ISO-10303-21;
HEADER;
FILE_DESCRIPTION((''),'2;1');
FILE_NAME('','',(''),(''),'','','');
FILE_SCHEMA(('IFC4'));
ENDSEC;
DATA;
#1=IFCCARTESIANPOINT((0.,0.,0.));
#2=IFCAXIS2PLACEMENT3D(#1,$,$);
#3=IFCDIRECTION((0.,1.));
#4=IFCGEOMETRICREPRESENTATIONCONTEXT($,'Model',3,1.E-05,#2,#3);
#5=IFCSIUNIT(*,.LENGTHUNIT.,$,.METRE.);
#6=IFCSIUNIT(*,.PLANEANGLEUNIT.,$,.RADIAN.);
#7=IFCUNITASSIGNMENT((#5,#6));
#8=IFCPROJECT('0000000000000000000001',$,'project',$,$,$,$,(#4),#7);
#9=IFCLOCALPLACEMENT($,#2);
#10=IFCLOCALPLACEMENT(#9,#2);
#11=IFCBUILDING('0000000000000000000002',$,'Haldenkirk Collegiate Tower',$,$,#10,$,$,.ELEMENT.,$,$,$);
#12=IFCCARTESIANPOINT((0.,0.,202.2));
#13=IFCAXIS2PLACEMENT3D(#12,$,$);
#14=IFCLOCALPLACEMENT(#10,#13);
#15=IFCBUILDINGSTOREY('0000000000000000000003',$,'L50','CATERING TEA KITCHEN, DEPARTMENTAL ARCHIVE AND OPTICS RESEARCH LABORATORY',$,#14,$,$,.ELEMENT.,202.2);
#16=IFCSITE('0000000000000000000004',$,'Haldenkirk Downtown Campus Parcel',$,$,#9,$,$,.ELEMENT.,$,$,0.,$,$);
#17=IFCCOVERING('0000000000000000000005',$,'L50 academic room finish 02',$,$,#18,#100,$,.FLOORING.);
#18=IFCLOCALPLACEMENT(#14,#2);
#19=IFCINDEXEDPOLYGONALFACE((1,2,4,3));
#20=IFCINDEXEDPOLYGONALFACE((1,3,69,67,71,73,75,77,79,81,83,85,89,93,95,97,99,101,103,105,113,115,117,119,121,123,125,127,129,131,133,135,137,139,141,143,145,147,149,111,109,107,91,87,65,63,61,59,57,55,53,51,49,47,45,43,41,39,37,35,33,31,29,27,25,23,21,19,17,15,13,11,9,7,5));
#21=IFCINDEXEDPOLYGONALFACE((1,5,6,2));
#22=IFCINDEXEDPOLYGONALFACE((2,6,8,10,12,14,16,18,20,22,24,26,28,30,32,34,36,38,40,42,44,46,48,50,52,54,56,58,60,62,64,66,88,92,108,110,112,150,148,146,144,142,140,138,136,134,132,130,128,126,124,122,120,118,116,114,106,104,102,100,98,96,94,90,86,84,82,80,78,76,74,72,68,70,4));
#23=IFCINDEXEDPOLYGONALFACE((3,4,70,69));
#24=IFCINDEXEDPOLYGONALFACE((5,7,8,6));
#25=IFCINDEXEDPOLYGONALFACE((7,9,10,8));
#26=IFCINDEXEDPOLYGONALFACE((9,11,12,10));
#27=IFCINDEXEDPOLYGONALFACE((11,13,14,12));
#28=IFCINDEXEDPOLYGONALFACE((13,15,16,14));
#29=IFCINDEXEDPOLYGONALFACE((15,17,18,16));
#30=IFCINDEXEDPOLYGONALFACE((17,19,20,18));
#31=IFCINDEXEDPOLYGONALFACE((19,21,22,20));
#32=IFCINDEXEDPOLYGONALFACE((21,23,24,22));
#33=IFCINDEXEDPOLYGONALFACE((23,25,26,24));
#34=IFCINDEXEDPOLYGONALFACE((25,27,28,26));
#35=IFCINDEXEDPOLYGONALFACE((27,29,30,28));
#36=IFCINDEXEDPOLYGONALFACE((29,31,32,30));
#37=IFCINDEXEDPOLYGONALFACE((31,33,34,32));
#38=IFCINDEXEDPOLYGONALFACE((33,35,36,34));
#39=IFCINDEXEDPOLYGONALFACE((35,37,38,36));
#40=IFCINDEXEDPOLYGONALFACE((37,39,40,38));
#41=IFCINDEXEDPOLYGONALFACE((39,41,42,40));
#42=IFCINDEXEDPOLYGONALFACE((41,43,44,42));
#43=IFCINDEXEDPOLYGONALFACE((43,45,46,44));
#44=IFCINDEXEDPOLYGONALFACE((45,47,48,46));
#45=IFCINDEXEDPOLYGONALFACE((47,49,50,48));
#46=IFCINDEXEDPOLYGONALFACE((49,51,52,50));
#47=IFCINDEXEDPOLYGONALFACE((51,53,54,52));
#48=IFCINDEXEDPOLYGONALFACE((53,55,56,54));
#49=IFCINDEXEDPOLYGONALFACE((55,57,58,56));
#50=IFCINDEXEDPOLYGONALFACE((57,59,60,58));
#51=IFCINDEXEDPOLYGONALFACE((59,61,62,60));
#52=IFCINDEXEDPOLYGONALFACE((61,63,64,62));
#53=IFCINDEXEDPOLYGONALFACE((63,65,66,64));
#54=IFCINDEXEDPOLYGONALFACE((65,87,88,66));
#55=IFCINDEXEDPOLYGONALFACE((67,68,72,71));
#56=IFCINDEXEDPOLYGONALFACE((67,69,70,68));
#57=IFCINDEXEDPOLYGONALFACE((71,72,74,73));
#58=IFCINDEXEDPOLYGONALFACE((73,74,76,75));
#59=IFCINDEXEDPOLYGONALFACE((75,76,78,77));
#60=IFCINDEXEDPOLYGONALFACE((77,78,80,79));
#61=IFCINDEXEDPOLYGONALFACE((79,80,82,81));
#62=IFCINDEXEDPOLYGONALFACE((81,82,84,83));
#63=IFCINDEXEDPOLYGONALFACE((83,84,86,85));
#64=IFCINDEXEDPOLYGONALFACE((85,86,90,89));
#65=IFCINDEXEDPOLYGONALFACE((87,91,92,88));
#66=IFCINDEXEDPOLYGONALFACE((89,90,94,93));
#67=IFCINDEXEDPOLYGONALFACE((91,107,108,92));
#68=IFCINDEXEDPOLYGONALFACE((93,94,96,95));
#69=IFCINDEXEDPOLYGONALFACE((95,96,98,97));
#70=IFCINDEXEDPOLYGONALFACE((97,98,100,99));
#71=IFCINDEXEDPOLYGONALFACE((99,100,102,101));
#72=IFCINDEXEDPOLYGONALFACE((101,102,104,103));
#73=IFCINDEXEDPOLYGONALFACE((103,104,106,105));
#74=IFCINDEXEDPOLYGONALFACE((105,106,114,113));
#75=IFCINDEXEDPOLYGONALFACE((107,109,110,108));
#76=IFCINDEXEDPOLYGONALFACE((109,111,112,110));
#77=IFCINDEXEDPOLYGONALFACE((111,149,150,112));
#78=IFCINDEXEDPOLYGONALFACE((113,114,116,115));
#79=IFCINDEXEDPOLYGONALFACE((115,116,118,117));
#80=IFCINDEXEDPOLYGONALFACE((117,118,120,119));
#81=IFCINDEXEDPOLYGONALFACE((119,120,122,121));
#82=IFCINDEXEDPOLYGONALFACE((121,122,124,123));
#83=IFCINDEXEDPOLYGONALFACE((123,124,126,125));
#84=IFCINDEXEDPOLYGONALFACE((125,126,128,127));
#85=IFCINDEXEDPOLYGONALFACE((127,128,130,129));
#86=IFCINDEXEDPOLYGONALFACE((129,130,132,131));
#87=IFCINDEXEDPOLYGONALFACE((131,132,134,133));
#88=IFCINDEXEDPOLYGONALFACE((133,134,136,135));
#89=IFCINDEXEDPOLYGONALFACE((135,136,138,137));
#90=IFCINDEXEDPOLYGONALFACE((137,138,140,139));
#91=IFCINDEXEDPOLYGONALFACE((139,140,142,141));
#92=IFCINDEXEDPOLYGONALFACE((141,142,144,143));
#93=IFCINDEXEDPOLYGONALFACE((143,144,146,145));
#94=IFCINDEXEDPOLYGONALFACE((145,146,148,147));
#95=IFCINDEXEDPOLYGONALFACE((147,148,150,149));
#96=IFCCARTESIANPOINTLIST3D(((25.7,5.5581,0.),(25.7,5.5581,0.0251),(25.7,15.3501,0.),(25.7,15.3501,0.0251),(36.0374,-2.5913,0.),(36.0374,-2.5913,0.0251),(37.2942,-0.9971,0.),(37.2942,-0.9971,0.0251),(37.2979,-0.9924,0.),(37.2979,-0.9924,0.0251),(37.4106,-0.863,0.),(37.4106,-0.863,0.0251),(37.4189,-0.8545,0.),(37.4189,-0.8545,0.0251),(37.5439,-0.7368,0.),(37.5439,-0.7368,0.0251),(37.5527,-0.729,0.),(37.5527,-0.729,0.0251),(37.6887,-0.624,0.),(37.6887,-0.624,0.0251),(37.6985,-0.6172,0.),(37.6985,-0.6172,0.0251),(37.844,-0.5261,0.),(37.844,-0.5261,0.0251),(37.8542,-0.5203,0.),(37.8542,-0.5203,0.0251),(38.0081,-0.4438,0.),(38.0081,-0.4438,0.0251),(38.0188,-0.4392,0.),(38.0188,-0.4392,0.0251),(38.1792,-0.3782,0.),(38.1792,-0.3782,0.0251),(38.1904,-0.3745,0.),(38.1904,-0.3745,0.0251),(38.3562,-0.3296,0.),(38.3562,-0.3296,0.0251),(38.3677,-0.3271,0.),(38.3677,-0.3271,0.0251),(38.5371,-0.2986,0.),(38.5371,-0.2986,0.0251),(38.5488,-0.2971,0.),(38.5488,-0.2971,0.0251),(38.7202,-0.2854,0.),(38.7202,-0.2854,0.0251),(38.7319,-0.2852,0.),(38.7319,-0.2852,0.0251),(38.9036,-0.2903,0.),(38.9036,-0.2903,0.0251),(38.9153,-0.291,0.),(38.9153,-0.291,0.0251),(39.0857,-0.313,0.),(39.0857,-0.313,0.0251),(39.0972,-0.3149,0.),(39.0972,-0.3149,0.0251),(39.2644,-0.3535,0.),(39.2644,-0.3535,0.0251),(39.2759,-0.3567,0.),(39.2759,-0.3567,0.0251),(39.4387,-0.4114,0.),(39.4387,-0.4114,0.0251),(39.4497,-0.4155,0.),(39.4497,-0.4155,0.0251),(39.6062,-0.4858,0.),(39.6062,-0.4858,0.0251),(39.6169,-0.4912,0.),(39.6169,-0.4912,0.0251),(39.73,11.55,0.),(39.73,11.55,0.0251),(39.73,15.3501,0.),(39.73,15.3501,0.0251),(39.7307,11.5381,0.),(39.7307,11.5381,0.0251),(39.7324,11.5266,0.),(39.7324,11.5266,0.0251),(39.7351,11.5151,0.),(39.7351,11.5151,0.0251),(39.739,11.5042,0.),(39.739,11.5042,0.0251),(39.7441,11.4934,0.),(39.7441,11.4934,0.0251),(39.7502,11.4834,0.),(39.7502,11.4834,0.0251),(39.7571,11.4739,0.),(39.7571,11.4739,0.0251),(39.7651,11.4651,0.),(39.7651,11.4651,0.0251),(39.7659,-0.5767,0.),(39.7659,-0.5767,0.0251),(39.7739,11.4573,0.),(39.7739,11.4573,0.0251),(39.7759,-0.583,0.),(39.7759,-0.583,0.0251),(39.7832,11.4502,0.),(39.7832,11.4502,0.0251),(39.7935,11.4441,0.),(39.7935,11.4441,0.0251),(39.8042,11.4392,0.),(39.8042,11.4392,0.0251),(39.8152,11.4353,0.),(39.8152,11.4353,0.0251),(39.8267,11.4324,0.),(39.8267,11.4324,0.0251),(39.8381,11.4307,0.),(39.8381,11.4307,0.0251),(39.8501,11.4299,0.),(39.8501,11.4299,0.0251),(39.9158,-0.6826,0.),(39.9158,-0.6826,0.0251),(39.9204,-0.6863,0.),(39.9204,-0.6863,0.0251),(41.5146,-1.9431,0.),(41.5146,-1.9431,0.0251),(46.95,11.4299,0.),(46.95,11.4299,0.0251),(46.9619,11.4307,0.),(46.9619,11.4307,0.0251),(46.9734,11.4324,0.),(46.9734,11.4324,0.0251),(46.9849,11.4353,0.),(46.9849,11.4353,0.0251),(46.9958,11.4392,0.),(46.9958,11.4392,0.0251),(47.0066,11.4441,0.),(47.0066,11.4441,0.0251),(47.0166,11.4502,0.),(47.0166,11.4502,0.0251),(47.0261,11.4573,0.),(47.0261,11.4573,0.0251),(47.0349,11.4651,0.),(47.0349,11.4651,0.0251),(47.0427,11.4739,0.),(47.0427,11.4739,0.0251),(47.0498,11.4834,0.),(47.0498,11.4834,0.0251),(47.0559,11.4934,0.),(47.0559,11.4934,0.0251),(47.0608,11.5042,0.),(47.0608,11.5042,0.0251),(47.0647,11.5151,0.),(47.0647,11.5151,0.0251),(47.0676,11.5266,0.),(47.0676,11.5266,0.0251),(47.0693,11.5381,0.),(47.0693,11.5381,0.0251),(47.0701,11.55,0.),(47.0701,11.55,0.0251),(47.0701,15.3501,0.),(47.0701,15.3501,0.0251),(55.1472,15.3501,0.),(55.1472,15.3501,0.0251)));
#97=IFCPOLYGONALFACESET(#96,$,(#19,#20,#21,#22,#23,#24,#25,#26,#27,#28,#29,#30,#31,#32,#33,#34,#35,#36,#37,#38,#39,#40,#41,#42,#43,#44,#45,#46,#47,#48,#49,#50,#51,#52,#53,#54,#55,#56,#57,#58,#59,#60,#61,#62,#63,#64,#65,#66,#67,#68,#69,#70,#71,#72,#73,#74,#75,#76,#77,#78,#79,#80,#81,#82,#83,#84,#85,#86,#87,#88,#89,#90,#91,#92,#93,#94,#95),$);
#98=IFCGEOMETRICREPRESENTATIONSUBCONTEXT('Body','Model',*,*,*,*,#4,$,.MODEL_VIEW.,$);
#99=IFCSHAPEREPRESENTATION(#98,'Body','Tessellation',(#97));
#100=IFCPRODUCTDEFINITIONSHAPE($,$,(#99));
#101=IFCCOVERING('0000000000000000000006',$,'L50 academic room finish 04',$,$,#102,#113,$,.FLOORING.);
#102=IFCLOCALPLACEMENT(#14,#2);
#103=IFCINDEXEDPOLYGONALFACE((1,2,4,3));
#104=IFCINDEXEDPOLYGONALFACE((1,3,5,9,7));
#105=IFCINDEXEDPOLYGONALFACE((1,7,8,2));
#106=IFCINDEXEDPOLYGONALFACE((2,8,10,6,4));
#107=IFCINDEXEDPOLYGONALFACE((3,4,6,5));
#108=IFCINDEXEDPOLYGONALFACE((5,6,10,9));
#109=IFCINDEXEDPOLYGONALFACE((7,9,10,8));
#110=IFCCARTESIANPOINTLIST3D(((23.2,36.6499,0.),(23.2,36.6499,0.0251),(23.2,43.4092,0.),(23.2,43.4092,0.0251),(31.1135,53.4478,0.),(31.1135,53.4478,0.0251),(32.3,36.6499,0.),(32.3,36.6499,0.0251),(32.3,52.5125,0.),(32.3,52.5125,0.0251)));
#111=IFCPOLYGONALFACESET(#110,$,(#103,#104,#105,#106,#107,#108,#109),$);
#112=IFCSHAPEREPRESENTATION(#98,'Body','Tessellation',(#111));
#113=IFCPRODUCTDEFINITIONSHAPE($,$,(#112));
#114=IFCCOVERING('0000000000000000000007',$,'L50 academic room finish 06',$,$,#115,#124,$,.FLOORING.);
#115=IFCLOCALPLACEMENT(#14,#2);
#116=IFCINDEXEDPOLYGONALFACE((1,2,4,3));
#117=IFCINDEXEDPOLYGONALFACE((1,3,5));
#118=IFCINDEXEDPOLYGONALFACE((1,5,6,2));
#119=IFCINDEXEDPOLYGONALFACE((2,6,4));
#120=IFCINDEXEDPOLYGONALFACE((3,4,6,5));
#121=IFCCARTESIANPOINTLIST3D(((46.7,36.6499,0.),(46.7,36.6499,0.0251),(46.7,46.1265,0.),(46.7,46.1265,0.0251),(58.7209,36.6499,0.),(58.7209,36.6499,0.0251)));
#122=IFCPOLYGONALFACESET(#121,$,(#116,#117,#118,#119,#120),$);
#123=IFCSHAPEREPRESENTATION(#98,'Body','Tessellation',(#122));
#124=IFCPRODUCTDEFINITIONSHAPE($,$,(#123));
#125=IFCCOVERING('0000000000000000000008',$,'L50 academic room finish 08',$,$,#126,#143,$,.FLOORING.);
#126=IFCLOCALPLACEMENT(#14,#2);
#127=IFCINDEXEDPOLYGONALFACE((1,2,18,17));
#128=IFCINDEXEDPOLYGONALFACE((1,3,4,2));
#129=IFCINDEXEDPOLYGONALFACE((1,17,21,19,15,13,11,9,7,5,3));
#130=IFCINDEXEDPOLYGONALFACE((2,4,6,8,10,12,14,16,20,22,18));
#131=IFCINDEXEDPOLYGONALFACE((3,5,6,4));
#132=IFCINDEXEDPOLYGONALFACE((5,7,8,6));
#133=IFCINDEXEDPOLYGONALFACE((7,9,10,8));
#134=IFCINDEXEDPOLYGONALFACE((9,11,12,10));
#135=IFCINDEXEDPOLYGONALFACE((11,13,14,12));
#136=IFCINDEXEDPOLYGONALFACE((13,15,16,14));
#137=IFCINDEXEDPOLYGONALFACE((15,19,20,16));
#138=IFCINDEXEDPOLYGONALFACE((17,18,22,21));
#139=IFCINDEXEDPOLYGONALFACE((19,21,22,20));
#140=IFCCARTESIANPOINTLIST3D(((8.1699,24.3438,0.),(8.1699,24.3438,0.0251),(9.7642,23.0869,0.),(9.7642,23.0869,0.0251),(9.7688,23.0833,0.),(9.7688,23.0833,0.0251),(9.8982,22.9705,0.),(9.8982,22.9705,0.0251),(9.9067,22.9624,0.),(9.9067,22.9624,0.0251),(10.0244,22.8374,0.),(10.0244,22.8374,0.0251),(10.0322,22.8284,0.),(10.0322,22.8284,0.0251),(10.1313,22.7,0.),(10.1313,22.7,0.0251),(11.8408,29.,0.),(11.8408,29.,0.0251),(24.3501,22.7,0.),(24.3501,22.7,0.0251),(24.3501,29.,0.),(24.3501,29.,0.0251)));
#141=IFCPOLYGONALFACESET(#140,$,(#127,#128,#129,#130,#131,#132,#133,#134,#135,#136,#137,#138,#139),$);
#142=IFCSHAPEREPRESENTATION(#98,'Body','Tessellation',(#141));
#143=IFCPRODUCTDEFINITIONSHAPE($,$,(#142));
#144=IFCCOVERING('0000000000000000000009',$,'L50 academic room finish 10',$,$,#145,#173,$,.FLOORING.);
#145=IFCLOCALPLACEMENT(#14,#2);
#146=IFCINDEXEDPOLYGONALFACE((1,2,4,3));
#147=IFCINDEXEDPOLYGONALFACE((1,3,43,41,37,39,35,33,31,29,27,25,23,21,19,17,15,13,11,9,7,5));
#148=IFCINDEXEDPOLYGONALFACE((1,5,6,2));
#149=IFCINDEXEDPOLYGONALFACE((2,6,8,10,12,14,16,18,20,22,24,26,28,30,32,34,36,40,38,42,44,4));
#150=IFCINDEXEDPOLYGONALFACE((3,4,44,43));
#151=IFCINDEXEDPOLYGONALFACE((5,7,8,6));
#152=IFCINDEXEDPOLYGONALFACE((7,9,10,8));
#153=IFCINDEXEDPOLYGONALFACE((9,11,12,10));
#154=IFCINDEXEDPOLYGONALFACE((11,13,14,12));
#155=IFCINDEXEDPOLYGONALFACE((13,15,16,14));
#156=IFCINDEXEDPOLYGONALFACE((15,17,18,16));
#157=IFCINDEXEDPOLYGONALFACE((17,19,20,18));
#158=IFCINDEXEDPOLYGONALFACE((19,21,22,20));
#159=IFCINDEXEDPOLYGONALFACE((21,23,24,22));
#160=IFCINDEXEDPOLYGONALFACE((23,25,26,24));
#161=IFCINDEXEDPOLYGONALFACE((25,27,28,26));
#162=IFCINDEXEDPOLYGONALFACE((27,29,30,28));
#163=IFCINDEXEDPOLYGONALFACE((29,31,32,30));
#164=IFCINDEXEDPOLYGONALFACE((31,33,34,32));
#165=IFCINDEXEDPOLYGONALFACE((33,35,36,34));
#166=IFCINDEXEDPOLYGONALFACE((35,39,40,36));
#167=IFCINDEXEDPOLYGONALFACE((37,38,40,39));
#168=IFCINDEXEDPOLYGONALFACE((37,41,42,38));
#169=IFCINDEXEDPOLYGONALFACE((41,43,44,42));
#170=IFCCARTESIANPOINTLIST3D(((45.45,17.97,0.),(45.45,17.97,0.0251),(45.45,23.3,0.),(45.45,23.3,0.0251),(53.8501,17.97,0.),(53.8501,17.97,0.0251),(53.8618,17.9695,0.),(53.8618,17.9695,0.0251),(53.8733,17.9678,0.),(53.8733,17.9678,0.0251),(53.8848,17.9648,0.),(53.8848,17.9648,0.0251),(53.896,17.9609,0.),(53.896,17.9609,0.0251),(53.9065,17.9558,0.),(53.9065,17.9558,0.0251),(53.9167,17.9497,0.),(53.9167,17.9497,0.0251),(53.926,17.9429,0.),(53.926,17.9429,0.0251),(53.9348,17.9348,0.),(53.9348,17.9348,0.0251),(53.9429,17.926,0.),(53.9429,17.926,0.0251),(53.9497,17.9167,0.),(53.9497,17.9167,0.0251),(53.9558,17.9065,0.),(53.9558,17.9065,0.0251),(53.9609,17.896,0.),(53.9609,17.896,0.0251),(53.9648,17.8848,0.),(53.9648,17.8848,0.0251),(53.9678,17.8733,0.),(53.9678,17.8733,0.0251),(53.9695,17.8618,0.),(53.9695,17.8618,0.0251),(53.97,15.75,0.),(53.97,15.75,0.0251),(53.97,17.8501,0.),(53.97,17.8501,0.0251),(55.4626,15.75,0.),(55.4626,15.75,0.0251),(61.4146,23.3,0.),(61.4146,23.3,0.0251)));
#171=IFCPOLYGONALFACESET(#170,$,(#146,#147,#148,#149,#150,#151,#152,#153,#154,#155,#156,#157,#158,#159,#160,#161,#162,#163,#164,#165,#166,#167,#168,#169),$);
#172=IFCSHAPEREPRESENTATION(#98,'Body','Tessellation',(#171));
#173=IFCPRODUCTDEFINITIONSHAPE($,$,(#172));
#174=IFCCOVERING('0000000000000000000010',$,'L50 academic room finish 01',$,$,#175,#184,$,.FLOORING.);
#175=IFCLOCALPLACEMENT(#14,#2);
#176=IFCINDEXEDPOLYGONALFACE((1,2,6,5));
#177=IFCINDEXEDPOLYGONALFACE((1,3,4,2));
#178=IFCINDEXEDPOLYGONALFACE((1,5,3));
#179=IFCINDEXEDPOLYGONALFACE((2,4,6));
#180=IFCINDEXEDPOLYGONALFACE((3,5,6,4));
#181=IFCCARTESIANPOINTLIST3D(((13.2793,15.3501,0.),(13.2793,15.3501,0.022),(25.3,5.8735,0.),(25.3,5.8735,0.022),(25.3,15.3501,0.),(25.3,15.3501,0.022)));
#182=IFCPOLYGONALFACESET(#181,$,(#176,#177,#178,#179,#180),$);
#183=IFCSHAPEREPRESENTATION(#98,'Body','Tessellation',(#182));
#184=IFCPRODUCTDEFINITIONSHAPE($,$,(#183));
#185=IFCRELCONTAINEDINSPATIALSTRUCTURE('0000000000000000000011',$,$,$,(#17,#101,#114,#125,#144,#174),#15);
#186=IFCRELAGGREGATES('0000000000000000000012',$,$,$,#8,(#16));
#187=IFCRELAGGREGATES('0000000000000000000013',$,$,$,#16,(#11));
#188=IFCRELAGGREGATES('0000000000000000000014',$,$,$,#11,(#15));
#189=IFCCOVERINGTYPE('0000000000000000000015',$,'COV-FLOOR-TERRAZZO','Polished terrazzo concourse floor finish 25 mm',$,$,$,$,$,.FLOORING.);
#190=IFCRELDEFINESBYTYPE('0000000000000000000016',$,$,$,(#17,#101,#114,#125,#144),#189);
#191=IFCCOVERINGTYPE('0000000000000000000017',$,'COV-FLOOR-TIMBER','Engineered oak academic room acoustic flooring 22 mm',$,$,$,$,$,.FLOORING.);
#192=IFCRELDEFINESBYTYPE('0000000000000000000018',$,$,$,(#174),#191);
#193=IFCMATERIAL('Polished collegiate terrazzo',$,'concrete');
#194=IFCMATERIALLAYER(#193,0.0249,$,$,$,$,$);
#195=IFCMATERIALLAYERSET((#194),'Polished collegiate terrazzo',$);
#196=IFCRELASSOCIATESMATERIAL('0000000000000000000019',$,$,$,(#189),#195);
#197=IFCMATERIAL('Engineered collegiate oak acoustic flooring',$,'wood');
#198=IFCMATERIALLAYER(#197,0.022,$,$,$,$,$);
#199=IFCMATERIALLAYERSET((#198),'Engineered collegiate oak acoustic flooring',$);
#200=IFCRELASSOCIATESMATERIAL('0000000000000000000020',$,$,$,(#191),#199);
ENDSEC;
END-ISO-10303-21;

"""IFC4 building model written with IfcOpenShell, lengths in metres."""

from ifc_helpers import new_model, si_unit, direction, frame, origin, place, context, subcontext, project, spatial, polyline, outline, extrude, material, layer, layer_set, type_object, element, save


model = new_model("IFC4")

# Units and contexts
model_context = context("Model", 3, precision=1e-05, world=origin(), true_north=direction((0.0, 1.0)))
body_context = subcontext(model_context, "Body", "Model", "MODEL_VIEW")
ifc_project = project(units=[si_unit("LENGTHUNIT", "METRE"), si_unit("PLANEANGLEUNIT", "RADIAN")], contexts=[model_context])

# Site, building, storey
site_placement = place(None, origin())
site = spatial("IfcSite", under=ifc_project, at=site_placement, Name="Haldenkirk Downtown Campus Parcel", CompositionType="ELEMENT", RefElevation=0.0)
building_placement = place(site_placement, origin())
building = spatial("IfcBuilding", under=site, at=building_placement, Name="Haldenkirk Collegiate Tower", CompositionType="ELEMENT")
storey_placement = place(building_placement, frame((0.0, 0.0, 202.2)))
storey = spatial("IfcBuildingStorey", under=building, at=storey_placement, Name="L50", Description="CATERING TEA KITCHEN, DEPARTMENTAL ARCHIVE AND OPTICS RESEARCH LABORATORY", CompositionType="ELEMENT", Elevation=202.2)

# Coverings
ifc_material_1 = material(Name="Polished collegiate terrazzo", Category="concrete")
ifc_layer_1 = layer(ifc_material_1, 0.0249)
ifc_layer_set_1 = layer_set([ifc_layer_1], Name="Polished collegiate terrazzo")
covering_type_1 = type_object("IfcCoveringType", Name="COV-FLOOR-TERRAZZO", Description="Polished terrazzo concourse floor finish 25 mm", PredefinedType="FLOORING", material=ifc_layer_set_1)
covering_1_placement = place(storey_placement, origin())
element("IfcCovering", 1, at=covering_1_placement, inside=storey, type_object=covering_type_1, Name="L50 academic room finish 02", PredefinedType="FLOORING", context=body_context, shape_type="SweptSolid", body=[
    extrude(outline(polyline([(39.2759, -0.3567), (39.2644, -0.3535), (39.0972, -0.3149), (39.0857, -0.313), (38.9153, -0.291), (38.9036, -0.2903), (38.7319, -0.2852), (38.7202, -0.2854), (38.5488, -0.2971), (38.5371, -0.2986), (38.3677, -0.3271), (38.3562, -0.3296), (38.1904, -0.3745), (38.1792, -0.3782), (38.0188, -0.4392), (38.0081, -0.4438), (37.8542, -0.5203), (37.844, -0.5261), (37.6985, -0.6172), (37.6887, -0.624), (37.5527, -0.729), (37.5439, -0.7368), (37.4189, -0.8545), (37.4106, -0.863), (37.2979, -0.9924), (37.2942, -0.9971), (36.0374, -2.5913), (25.7, 5.5581), (25.7, 15.3501), (39.73, 15.3501), (39.73, 11.55), (39.7307, 11.5381), (39.7324, 11.5266), (39.7351, 11.5151), (39.739, 11.5042), (39.7441, 11.4934), (39.7502, 11.4834), (39.7571, 11.4739), (39.7651, 11.4651), (39.7739, 11.4573), (39.7832, 11.4502), (39.7935, 11.4441), (39.8042, 11.4392), (39.8152, 11.4353), (39.8267, 11.4324), (39.8381, 11.4307), (39.8501, 11.4299), (46.95, 11.4299), (46.9619, 11.4307), (46.9734, 11.4324), (46.9849, 11.4353), (46.9958, 11.4392), (47.0066, 11.4441), (47.0166, 11.4502), (47.0261, 11.4573), (47.0349, 11.4651), (47.0427, 11.4739), (47.0498, 11.4834), (47.0559, 11.4934), (47.0608, 11.5042), (47.0647, 11.5151), (47.0676, 11.5266), (47.0693, 11.5381), (47.0701, 11.55), (47.0701, 15.3501), (55.1472, 15.3501), (41.5146, -1.9431), (39.9204, -0.6863), (39.9158, -0.6826), (39.7759, -0.583), (39.7659, -0.5767), (39.6169, -0.4912), (39.6062, -0.4858), (39.4497, -0.4155), (39.4387, -0.4114), (39.2759, -0.3567)])), origin(), (0.0, 0.0, 1.0), 0.0251),
])
covering_2_placement = place(storey_placement, origin())
element("IfcCovering", 2, at=covering_2_placement, inside=storey, type_object=covering_type_1, Name="L50 academic room finish 04", PredefinedType="FLOORING", context=body_context, shape_type="SweptSolid", body=[
    extrude(outline(polyline([(32.3, 52.5125), (32.3, 36.6499), (23.2, 36.6499), (23.2, 43.4092), (31.1135, 53.4478), (32.3, 52.5125)])), origin(), (0.0, 0.0, 1.0), 0.0251),
])
covering_3_placement = place(storey_placement, origin())
element("IfcCovering", 3, at=covering_3_placement, inside=storey, type_object=covering_type_1, Name="L50 academic room finish 06", PredefinedType="FLOORING", context=body_context, shape_type="SweptSolid", body=[
    extrude(outline(polyline([(58.7209, 36.6499), (46.7, 36.6499), (46.7, 46.1265), (58.7209, 36.6499)])), origin(), (0.0, 0.0, 1.0), 0.0251),
])
covering_4_placement = place(storey_placement, origin())
element("IfcCovering", 4, at=covering_4_placement, inside=storey, type_object=covering_type_1, Name="L50 academic room finish 08", PredefinedType="FLOORING", context=body_context, shape_type="SweptSolid", body=[
    extrude(outline(polyline([(10.1313, 22.7), (10.0322, 22.8284), (10.0244, 22.8374), (9.9067, 22.9624), (9.8982, 22.9705), (9.7688, 23.0833), (9.7642, 23.0869), (8.1699, 24.3438), (11.8408, 29.0), (24.3501, 29.0), (24.3501, 22.7), (10.1313, 22.7)])), origin(), (0.0, 0.0, 1.0), 0.0251),
])
covering_5_placement = place(storey_placement, origin())
element("IfcCovering", 5, at=covering_5_placement, inside=storey, type_object=covering_type_1, Name="L50 academic room finish 10", PredefinedType="FLOORING", context=body_context, shape_type="SweptSolid", body=[
    extrude(outline(polyline([(55.4626, 15.75), (53.97, 15.75), (53.97, 17.8501), (53.9695, 17.8618), (53.9678, 17.8733), (53.9648, 17.8848), (53.9609, 17.896), (53.9558, 17.9065), (53.9497, 17.9167), (53.9429, 17.926), (53.9348, 17.9348), (53.926, 17.9429), (53.9167, 17.9497), (53.9065, 17.9558), (53.896, 17.9609), (53.8848, 17.9648), (53.8733, 17.9678), (53.8618, 17.9695), (53.8501, 17.97), (45.45, 17.97), (45.45, 23.3), (61.4146, 23.3), (55.4626, 15.75)])), origin(), (0.0, 0.0, 1.0), 0.0251),
])
ifc_material_2 = material(Name="Engineered collegiate oak acoustic flooring", Category="wood")
ifc_layer_2 = layer(ifc_material_2, 0.022)
ifc_layer_set_2 = layer_set([ifc_layer_2], Name="Engineered collegiate oak acoustic flooring")
covering_type_2 = type_object("IfcCoveringType", Name="COV-FLOOR-TIMBER", Description="Engineered oak academic room acoustic flooring 22 mm", PredefinedType="FLOORING", material=ifc_layer_set_2)
covering_6_placement = place(storey_placement, origin())
element("IfcCovering", 6, at=covering_6_placement, inside=storey, type_object=covering_type_2, Name="L50 academic room finish 01", PredefinedType="FLOORING", context=body_context, shape_type="SweptSolid", body=[
    extrude(outline(polyline([(13.2793, 15.3501), (25.3, 15.3501), (25.3, 5.8735), (13.2793, 15.3501)])), origin(), (0.0, 0.0, 1.0), 0.022),
])

save(model, "model.ifc")
